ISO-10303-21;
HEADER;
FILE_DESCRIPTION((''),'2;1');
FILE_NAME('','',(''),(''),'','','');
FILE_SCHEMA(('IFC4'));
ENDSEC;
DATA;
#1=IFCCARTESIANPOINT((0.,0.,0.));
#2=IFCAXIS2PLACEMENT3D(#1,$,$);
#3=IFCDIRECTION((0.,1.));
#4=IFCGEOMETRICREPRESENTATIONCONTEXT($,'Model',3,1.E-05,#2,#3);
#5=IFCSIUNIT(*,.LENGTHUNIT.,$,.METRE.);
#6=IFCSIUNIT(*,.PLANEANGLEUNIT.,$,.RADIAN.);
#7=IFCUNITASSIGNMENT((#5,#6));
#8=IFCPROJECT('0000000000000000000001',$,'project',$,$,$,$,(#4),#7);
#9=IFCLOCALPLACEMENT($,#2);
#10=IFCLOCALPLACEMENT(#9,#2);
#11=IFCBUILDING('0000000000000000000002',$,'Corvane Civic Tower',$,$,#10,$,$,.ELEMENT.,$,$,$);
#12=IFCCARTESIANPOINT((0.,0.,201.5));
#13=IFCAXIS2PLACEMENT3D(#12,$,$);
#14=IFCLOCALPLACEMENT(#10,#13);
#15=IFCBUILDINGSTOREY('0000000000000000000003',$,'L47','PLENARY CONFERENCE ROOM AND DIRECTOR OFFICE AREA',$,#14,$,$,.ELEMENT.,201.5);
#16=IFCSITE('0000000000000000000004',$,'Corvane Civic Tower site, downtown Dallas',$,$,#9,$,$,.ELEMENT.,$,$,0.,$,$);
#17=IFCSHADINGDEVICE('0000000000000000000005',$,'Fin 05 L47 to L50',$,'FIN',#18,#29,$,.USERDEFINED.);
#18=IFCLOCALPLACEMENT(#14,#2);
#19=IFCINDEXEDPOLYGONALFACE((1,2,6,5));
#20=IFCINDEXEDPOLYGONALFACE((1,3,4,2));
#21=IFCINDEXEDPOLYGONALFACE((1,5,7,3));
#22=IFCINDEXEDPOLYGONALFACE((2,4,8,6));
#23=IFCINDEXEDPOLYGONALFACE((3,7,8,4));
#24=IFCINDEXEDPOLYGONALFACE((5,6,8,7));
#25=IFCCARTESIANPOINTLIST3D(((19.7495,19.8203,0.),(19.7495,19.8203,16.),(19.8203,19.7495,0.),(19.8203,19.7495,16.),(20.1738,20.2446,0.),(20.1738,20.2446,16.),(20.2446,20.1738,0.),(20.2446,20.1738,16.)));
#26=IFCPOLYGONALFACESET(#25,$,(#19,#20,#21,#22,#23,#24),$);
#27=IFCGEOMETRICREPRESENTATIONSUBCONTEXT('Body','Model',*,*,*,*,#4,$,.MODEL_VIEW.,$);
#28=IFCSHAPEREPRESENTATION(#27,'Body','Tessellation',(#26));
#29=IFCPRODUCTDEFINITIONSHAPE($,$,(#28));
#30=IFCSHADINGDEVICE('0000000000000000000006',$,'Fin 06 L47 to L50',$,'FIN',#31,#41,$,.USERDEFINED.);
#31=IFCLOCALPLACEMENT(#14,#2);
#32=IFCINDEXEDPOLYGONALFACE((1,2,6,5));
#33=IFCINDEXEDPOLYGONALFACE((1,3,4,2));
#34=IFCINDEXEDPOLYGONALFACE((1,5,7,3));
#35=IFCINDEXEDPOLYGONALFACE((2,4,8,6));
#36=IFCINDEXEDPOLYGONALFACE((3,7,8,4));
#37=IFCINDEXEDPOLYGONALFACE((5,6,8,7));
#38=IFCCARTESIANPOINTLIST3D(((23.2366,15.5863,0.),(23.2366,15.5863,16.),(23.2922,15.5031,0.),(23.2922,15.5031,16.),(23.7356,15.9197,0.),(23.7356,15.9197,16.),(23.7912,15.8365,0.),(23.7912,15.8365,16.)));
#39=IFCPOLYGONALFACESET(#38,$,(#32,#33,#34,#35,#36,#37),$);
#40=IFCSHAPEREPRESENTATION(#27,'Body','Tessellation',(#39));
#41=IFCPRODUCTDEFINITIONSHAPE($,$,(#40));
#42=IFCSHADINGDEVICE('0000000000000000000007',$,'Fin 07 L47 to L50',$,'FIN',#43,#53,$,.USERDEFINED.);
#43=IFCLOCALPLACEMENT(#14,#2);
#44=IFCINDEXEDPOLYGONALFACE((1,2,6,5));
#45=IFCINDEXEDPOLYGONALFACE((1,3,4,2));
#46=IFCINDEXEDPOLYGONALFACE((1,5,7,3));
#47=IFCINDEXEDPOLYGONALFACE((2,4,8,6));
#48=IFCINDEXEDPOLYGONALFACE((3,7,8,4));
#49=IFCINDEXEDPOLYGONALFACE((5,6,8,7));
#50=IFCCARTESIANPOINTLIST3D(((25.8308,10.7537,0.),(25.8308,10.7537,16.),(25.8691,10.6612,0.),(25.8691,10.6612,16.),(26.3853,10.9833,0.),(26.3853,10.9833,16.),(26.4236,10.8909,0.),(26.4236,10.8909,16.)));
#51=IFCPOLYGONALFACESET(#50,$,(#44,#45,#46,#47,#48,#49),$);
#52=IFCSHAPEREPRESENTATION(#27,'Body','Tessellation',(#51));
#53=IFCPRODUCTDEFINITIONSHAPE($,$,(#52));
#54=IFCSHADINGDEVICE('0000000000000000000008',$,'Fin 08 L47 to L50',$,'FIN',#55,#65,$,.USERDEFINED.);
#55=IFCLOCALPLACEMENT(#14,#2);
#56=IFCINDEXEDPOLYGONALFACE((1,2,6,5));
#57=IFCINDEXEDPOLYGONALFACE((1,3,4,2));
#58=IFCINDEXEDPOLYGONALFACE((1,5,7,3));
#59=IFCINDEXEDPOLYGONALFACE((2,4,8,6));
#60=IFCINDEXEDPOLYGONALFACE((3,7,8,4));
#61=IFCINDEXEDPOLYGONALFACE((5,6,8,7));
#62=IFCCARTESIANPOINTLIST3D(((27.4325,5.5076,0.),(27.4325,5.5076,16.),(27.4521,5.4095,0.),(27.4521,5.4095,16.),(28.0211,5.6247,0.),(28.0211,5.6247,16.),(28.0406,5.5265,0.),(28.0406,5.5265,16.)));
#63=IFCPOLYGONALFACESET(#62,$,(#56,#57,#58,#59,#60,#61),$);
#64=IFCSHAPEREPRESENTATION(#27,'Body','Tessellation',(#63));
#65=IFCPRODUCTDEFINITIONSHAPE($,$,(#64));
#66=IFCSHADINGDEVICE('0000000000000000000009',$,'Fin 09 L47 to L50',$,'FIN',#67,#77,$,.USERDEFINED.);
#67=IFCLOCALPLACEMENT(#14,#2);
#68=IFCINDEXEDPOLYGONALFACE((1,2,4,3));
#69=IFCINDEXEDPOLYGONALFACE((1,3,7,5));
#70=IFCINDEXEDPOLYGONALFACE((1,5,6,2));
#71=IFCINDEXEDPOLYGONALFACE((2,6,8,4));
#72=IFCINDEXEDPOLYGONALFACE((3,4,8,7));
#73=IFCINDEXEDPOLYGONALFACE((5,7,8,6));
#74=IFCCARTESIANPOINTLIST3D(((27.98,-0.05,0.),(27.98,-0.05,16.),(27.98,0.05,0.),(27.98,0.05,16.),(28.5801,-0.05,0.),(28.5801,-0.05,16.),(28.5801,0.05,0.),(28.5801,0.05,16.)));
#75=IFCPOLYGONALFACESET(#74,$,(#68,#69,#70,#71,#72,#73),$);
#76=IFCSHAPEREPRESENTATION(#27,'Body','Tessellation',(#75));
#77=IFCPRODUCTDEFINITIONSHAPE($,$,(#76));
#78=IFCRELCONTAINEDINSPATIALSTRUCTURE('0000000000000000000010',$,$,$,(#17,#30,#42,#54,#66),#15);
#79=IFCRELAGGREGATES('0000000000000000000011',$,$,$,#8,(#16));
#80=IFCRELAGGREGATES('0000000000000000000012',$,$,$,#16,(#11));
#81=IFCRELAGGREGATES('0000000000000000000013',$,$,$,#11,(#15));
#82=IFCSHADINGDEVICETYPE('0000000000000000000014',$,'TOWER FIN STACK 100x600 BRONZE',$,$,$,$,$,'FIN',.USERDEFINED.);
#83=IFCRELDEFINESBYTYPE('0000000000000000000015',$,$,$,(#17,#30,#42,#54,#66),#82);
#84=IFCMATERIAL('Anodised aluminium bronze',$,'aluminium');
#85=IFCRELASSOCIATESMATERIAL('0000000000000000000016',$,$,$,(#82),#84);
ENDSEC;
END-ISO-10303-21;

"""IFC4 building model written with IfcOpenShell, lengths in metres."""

from ifc_helpers import new_model, si_unit, direction, frame, origin, origin_2d, place, context, subcontext, project, spatial, rectangle, extrude, material, material_profile, profile_set, type_object, element, save


model = new_model("IFC4")

# Units and contexts
model_context = context("Model", 3, precision=1e-05, world=origin(), true_north=direction((0.0, 1.0)))
body_context = subcontext(model_context, "Body", "Model", "MODEL_VIEW")
ifc_project = project(units=[si_unit("LENGTHUNIT", "METRE"), si_unit("PLANEANGLEUNIT", "RADIAN")], contexts=[model_context])

# Site, building, storey
site_placement = place(None, origin())
site = spatial("IfcSite", under=ifc_project, at=site_placement, Name="Corvane Civic Tower site, downtown Dallas", CompositionType="ELEMENT", RefElevation=0.0)
building_placement = place(site_placement, origin())
building = spatial("IfcBuilding", under=site, at=building_placement, Name="Corvane Civic Tower", CompositionType="ELEMENT")
storey_placement = place(building_placement, frame((0.0, 0.0, 201.5)))
storey = spatial("IfcBuildingStorey", under=building, at=storey_placement, Name="L47", Description="PLENARY CONFERENCE ROOM AND DIRECTOR OFFICE AREA", CompositionType="ELEMENT", Elevation=201.5)

# Shading devices
ifc_material_1 = material(Name="Anodised aluminium bronze", Category="aluminium")
ifc_material_profile_1 = material_profile(ifc_material_1, rectangle(XDim=0.1001, YDim=0.6001, at=origin_2d()), Name="TOWER FIN STACK 100x600 BRONZE")
ifc_profile_set_1 = profile_set([ifc_material_profile_1], Name="Anodised aluminium bronze")
shading_device_type = type_object("IfcShadingDeviceType", Name="TOWER FIN STACK 100x600 BRONZE", ElementType="FIN", PredefinedType="USERDEFINED", material=ifc_profile_set_1)
for number, where, z_axis, x_axis, name in (
    (1, (19.9971, 19.9971, 0.0), (0.0, 0.0, 1.0), (0.707107, -0.707107, 0.0), "Fin 05 L47 to L50"),
    (2, (23.5139, 15.7114, 0.0), (0.0, 0.0, 1.0), (0.55557, -0.83147, 0.0), "Fin 06 L47 to L50"),
    (3, (26.1272, 10.8223, 0.0), (0.0, 0.0, 1.0), (0.382683, -0.92388, 0.0), "Fin 07 L47 to L50"),
    (4, (27.7366, 5.5171, 0.0), (0.0, 0.0, 1.0), (0.19509, -0.980785, 0.0), "Fin 08 L47 to L50"),
    (5, (28.28, 0.0, 0.0), (0.0, 0.0, 1.0), (0.0, -1.0, 0.0), "Fin 09 L47 to L50"),
):
    element("IfcShadingDevice", number, at=place(storey_placement, frame(where, z_axis=z_axis, x_axis=x_axis)), inside=storey, type_object=shading_device_type, Name=name, ObjectType="FIN", PredefinedType="USERDEFINED", context=body_context, shape_type="SweptSolid", body=[
        extrude(rectangle(XDim=0.1001, YDim=0.6001, at=origin_2d()), origin(), (0.0, 0.0, 1.0), 16.0),
    ])

save(model, "model.ifc")
